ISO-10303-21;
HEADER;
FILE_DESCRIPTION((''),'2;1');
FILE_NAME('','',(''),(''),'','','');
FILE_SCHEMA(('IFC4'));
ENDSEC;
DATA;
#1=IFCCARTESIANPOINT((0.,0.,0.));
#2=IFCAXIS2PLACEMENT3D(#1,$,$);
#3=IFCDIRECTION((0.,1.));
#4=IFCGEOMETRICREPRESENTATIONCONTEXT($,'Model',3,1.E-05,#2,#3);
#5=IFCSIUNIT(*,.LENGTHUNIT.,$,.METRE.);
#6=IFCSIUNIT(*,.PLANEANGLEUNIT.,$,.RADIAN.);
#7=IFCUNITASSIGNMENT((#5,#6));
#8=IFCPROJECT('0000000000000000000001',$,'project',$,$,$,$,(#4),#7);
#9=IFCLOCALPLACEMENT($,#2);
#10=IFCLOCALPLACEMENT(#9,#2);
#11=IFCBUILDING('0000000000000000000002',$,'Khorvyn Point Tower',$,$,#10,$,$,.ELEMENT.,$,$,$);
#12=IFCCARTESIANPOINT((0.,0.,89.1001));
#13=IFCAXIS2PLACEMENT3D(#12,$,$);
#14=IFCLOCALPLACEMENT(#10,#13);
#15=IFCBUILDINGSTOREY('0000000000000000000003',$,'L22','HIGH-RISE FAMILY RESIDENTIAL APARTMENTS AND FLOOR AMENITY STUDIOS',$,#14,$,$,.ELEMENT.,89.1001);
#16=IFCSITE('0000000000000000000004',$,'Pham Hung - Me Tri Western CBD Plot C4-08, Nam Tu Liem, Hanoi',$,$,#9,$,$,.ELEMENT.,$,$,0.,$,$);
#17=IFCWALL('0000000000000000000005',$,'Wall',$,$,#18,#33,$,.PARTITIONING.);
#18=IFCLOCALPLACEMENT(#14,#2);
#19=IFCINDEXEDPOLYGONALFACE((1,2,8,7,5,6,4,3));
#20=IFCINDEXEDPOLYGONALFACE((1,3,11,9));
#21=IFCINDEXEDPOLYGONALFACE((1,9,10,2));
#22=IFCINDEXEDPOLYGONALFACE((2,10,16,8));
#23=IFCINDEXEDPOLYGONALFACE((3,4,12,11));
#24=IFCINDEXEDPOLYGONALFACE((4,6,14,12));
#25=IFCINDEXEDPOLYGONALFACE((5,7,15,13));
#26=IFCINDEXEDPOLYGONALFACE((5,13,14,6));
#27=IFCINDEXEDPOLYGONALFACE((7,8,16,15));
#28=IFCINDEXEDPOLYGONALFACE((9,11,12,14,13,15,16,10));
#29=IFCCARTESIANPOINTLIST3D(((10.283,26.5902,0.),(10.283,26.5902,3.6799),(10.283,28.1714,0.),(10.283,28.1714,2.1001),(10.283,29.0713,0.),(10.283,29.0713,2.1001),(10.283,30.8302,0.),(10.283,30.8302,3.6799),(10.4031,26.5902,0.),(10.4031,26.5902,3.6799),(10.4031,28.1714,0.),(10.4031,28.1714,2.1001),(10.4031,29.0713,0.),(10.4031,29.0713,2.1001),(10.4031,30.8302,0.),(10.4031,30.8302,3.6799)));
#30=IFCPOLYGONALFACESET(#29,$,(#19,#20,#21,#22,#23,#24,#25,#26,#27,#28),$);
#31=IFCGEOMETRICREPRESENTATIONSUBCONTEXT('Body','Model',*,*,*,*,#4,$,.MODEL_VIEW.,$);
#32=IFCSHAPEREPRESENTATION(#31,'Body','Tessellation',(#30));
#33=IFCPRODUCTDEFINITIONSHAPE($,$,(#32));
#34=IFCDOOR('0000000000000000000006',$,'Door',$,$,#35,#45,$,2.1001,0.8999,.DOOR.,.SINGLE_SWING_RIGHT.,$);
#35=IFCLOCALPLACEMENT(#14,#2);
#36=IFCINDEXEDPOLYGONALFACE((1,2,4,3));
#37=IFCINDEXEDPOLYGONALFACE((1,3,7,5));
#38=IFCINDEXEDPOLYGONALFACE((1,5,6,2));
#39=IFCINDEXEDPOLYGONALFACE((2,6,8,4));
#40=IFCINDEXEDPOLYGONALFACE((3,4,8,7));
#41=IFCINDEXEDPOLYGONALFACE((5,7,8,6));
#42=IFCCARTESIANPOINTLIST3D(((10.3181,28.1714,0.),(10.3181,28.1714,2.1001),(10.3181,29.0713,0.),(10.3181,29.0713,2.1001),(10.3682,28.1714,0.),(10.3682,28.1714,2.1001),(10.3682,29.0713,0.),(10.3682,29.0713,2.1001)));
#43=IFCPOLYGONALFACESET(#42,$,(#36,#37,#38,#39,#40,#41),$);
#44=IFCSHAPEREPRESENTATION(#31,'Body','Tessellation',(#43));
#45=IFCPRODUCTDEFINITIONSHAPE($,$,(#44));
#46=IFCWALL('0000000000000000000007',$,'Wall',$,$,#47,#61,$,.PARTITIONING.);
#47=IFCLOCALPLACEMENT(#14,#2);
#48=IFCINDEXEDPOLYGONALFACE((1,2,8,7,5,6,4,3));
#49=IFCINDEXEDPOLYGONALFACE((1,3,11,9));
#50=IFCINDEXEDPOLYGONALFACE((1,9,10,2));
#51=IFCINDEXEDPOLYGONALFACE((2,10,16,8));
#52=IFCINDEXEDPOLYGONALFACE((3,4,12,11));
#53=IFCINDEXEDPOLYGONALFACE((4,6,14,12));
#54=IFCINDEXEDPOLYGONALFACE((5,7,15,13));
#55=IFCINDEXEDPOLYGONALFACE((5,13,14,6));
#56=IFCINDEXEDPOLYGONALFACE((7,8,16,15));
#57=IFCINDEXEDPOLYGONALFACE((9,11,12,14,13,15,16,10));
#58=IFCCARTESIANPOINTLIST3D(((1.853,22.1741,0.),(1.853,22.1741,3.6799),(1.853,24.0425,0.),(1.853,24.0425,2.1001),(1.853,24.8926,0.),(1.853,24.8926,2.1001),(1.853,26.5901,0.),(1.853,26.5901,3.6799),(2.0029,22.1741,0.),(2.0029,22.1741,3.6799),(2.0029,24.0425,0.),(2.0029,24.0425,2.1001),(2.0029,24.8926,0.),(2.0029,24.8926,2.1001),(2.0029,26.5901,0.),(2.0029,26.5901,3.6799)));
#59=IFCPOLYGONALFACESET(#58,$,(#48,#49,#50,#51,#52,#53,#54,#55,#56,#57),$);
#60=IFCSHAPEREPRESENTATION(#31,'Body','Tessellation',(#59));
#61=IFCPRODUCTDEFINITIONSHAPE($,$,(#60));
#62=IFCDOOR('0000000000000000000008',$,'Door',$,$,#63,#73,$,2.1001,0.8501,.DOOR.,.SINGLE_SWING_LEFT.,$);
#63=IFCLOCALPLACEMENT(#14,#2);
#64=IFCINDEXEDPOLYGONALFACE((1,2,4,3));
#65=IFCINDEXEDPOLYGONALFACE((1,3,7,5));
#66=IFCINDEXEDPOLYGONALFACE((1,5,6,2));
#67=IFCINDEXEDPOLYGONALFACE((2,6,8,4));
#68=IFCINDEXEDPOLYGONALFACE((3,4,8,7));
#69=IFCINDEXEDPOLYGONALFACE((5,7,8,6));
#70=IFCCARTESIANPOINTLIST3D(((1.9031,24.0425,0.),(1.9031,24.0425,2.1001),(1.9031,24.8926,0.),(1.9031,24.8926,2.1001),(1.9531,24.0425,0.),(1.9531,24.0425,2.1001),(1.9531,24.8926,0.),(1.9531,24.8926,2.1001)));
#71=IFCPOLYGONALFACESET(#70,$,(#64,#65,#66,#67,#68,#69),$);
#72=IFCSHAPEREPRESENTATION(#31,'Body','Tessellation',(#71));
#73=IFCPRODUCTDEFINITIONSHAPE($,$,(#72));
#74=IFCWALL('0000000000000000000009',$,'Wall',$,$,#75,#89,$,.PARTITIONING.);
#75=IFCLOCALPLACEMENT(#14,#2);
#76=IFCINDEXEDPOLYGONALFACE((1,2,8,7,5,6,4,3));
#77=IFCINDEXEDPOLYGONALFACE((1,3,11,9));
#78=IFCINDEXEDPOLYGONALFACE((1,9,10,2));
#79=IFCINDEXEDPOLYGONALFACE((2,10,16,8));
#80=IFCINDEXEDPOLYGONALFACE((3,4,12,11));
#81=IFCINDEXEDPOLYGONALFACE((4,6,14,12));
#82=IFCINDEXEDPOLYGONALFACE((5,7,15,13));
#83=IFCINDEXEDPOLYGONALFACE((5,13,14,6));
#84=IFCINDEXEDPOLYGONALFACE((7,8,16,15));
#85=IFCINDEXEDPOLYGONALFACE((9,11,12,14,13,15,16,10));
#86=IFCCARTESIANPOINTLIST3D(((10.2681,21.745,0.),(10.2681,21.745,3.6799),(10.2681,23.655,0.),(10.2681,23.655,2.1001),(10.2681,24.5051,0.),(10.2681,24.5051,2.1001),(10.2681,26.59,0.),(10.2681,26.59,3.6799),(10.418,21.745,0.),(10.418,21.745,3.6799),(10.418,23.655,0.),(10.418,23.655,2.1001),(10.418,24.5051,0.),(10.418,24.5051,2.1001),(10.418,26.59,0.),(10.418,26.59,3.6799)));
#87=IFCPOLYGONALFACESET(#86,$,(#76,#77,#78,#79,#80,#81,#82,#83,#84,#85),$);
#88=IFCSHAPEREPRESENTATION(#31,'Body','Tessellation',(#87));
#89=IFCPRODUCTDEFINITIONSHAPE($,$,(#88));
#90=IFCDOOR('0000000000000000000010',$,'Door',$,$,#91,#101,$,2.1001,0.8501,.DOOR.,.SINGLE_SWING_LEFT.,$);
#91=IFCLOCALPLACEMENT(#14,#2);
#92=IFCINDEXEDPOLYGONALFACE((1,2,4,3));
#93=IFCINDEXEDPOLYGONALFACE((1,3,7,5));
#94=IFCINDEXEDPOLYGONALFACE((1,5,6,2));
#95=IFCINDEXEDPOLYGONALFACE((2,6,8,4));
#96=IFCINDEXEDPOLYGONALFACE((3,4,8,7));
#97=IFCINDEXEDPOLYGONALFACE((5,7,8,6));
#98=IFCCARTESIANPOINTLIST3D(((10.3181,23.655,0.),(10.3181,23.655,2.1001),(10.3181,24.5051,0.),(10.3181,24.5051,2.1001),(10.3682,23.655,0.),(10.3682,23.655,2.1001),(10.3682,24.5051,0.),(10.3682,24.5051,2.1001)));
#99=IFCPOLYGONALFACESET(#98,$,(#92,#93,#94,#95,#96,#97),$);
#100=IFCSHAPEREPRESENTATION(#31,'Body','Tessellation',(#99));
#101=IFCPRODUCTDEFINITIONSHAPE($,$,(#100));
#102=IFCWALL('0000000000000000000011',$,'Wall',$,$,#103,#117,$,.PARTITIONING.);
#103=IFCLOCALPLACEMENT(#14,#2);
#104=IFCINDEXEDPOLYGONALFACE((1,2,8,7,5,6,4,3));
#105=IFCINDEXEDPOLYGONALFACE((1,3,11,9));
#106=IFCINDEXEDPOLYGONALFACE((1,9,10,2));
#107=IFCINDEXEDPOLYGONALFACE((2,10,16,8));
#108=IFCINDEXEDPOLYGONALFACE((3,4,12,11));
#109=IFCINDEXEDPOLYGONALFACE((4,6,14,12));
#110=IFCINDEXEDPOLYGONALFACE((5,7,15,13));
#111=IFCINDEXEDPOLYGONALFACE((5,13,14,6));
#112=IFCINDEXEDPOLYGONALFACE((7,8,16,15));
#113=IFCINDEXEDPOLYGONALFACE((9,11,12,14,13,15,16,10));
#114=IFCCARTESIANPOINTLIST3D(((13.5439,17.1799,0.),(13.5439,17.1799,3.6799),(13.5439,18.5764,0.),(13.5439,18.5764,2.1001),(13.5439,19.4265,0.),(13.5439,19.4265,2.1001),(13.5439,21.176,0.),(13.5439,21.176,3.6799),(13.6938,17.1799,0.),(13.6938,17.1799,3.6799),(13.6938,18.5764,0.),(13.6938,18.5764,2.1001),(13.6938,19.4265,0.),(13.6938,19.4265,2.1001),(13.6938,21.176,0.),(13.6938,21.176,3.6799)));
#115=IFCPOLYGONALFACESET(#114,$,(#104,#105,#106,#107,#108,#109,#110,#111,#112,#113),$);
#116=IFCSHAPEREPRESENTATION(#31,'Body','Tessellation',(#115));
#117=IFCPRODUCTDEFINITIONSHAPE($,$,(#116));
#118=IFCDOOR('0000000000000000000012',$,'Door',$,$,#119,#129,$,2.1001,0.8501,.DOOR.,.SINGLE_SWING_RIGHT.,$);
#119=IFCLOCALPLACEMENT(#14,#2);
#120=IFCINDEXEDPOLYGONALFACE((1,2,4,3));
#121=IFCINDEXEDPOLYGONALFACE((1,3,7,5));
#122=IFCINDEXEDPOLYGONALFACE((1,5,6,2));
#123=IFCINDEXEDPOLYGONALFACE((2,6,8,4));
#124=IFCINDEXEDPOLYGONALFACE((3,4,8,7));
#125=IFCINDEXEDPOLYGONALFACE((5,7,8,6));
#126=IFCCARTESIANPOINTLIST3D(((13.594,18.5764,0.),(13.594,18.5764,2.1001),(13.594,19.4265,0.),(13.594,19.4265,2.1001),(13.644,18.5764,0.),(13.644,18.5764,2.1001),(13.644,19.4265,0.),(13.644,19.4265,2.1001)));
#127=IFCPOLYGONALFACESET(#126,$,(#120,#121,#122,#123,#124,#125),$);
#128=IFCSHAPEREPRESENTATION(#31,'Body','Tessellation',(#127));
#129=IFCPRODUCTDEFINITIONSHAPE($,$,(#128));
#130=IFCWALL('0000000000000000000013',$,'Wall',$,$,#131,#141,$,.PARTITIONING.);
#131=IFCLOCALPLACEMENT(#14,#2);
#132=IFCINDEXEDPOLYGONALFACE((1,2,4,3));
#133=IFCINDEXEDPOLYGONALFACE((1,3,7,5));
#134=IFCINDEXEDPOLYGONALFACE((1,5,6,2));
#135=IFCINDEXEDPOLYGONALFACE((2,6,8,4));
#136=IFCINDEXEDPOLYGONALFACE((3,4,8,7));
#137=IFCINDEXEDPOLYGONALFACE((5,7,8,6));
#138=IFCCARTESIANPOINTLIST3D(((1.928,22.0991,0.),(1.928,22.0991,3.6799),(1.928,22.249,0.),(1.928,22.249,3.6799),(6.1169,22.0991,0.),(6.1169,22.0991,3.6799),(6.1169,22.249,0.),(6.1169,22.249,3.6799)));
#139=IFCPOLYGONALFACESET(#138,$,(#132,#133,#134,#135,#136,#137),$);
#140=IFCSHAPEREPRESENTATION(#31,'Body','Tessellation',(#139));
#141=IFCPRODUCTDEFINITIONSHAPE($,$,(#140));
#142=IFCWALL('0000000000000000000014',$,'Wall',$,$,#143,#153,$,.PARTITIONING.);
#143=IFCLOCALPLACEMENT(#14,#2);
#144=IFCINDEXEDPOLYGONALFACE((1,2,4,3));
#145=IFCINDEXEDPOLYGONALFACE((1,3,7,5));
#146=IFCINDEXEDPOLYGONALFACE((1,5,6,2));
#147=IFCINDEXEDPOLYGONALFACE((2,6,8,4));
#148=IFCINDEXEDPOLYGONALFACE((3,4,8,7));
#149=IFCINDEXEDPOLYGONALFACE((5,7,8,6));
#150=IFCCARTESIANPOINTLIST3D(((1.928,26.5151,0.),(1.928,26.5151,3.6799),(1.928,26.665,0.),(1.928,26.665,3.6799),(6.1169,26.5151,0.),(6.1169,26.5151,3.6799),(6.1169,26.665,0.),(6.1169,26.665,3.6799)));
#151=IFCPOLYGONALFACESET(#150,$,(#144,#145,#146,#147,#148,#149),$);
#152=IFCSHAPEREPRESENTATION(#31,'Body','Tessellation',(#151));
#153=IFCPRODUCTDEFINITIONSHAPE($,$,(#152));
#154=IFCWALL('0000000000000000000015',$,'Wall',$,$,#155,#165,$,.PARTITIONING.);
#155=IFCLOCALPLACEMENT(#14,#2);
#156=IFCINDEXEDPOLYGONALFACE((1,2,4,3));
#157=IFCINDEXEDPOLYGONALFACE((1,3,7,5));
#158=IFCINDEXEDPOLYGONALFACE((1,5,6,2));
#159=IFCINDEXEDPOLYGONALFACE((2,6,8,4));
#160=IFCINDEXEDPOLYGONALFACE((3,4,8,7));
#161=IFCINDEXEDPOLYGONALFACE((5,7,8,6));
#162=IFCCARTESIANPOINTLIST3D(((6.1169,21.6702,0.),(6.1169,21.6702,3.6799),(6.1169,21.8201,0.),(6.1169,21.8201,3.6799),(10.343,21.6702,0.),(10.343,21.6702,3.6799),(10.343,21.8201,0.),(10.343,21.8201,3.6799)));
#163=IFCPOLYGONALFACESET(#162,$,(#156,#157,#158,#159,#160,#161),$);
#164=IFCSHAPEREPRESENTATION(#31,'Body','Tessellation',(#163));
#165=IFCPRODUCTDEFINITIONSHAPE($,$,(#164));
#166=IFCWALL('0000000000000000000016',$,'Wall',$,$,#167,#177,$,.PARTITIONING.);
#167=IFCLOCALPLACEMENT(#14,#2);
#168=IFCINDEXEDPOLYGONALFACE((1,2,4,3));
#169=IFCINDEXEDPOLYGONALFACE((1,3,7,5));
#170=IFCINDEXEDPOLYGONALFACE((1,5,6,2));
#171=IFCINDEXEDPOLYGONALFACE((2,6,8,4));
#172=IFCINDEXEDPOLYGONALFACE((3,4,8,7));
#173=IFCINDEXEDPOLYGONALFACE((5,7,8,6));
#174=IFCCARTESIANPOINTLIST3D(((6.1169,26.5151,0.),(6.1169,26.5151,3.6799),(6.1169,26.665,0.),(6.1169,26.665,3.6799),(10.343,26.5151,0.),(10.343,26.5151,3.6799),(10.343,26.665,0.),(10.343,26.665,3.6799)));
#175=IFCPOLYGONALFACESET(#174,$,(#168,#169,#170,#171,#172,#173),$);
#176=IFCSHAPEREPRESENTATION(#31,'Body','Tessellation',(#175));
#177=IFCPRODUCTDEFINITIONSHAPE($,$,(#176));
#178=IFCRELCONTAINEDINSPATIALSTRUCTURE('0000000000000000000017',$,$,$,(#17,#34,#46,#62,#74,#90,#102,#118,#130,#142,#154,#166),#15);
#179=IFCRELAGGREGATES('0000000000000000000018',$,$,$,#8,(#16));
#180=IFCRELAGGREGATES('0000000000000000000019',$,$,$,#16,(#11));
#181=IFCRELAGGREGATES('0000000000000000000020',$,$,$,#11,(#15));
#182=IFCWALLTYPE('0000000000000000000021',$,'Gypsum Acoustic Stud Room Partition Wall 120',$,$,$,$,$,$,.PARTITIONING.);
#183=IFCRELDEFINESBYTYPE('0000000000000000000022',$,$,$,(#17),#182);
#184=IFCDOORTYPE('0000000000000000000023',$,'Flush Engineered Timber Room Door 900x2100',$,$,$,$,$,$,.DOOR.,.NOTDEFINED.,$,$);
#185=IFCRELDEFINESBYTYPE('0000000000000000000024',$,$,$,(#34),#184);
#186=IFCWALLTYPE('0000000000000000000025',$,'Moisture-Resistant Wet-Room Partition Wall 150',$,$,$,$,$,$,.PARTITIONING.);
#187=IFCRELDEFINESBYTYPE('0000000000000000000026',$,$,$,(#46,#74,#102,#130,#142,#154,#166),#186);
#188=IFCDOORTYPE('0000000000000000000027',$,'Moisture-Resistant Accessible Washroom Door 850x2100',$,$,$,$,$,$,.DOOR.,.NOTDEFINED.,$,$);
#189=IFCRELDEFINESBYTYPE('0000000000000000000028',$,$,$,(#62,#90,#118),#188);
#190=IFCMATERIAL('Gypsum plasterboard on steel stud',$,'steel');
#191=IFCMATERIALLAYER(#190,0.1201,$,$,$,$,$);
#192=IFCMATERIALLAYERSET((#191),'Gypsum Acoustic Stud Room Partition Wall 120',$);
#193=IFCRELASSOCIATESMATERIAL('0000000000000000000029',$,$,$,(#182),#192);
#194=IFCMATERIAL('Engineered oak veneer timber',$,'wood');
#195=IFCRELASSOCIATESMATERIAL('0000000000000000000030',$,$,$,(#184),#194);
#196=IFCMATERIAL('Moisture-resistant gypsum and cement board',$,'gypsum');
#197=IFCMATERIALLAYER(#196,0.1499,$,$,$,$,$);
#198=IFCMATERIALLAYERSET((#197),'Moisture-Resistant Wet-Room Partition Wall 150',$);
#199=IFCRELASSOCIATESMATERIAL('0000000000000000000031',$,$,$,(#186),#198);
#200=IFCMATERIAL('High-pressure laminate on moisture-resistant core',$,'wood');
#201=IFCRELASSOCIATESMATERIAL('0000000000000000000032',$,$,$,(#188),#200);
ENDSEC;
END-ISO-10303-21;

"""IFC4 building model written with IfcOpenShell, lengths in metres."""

from ifc_helpers import new_model, si_unit, direction, frame, frame_2d, origin, place, context, subcontext, project, spatial, rectangle, extrude, material, layer, layer_set, type_object, element, fill, save


model = new_model("IFC4")

# Units and contexts
model_context = context("Model", 3, precision=1e-05, world=origin(), true_north=direction((0.0, 1.0)))
body_context = subcontext(model_context, "Body", "Model", "MODEL_VIEW")
ifc_project = project(units=[si_unit("LENGTHUNIT", "METRE"), si_unit("PLANEANGLEUNIT", "RADIAN")], contexts=[model_context])

# Site, building, storey
site_placement = place(None, origin())
site = spatial("IfcSite", under=ifc_project, at=site_placement, Name="Pham Hung - Me Tri Western CBD Plot C4-08, Nam Tu Liem, Hanoi", CompositionType="ELEMENT", RefElevation=0.0)
building_placement = place(site_placement, origin())
building = spatial("IfcBuilding", under=site, at=building_placement, Name="Khorvyn Point Tower", CompositionType="ELEMENT")
storey_placement = place(building_placement, frame((0.0, 0.0, 89.1001)))
storey = spatial("IfcBuildingStorey", under=building, at=storey_placement, Name="L22", Description="HIGH-RISE FAMILY RESIDENTIAL APARTMENTS AND FLOOR AMENITY STUDIOS", CompositionType="ELEMENT", Elevation=89.1001)

# Walls, openings, doors
ifc_material_1 = material(Name="Gypsum plasterboard on steel stud", Category="steel")
ifc_layer_1 = layer(ifc_material_1, 0.1201)
ifc_layer_set_1 = layer_set([ifc_layer_1], Name="Gypsum Acoustic Stud Room Partition Wall 120")
wall_type_1 = type_object("IfcWallType", Name="Gypsum Acoustic Stud Room Partition Wall 120", PredefinedType="PARTITIONING", material=ifc_layer_set_1)
ifc_material_2 = material(Name="Engineered oak veneer timber", Category="wood")
door_type_1 = type_object("IfcDoorType", Name="Flush Engineered Timber Room Door 900x2100", OperationType="NOTDEFINED", PredefinedType="DOOR", material=ifc_material_2)
wall_1_placement = place(storey_placement, frame((10.343, 26.5901, 0.0), z_axis=(0.0, 0.0, 1.0), x_axis=(0.0, 1.0, 0.0)))
wall_1 = element("IfcWall", 1, at=wall_1_placement, inside=storey, type_object=wall_type_1, Name="Wall", PredefinedType="PARTITIONING", context=body_context, shape_type="SweptSolid", body=[
    extrude(rectangle(XDim=4.24, YDim=0.1201, at=frame_2d((2.1201, 0.0))), origin(), (0.0, 0.0, 1.0), 3.6799),
])
opening_1_placement = place(wall_1_placement, frame((1.5813, 0.0, 0.0)))
opening_1 = element("IfcOpeningElement", 2, at=opening_1_placement, cuts=wall_1, PredefinedType="OPENING", context=body_context, shape_type="SweptSolid", body=[
    extrude(rectangle(XDim=0.8999, YDim=2.1001, at=frame_2d((0.45, 1.05))), frame((0.0, 0.0701, 0.0), z_axis=(0.0, -1.0, 0.0), x_axis=(1.0, 0.0, 0.0)), (0.0, 0.0, 1.0), 0.1401),
])
door_1_placement = place(opening_1_placement, origin())
door_1 = element("IfcDoor", 3, at=door_1_placement, inside=storey, type_object=door_type_1, Name="Door", OperationType="SINGLE_SWING_RIGHT", OverallHeight=2.1001, OverallWidth=0.8999, PredefinedType="DOOR", context=body_context, shape_type="SweptSolid", body=[
    extrude(rectangle(XDim=0.8999, YDim=2.1001, at=frame_2d((0.45, 1.05))), frame((0.0, 0.0249, 0.0), z_axis=(0.0, -1.0, 0.0), x_axis=(1.0, 0.0, 0.0)), (0.0, 0.0, 1.0), 0.05),
])
fill(opening_1, door_1)
ifc_material_3 = material(Name="Moisture-resistant gypsum and cement board", Category="gypsum")
ifc_layer_2 = layer(ifc_material_3, 0.1499)
ifc_layer_set_2 = layer_set([ifc_layer_2], Name="Moisture-Resistant Wet-Room Partition Wall 150")
wall_type_2 = type_object("IfcWallType", Name="Moisture-Resistant Wet-Room Partition Wall 150", PredefinedType="PARTITIONING", material=ifc_layer_set_2)
wall_2_placement = place(storey_placement, frame((1.928, 22.1741, 0.0), z_axis=(0.0, 0.0, 1.0), x_axis=(0.0, 1.0, 0.0)))
wall_2 = element("IfcWall", 4, at=wall_2_placement, inside=storey, type_object=wall_type_2, Name="Wall", PredefinedType="PARTITIONING", context=body_context, shape_type="SweptSolid", body=[
    extrude(rectangle(XDim=4.416, YDim=0.1499, at=frame_2d((2.208, 0.0))), origin(), (0.0, 0.0, 1.0), 3.6799),
])
opening_2_placement = place(wall_2_placement, frame((1.8684, 0.0, 0.0)))
opening_2 = element("IfcOpeningElement", 5, at=opening_2_placement, cuts=wall_2, PredefinedType="OPENING", context=body_context, shape_type="SweptSolid", body=[
    extrude(rectangle(XDim=0.8501, YDim=2.1001, at=frame_2d((0.425, 1.05))), frame((0.0, 0.085, 0.0), z_axis=(0.0, -1.0, 0.0), x_axis=(1.0, 0.0, 0.0)), (0.0, 0.0, 1.0), 0.1699),
])
ifc_material_4 = material(Name="High-pressure laminate on moisture-resistant core", Category="wood")
door_type_2 = type_object("IfcDoorType", Name="Moisture-Resistant Accessible Washroom Door 850x2100", OperationType="NOTDEFINED", PredefinedType="DOOR", material=ifc_material_4)
door_2_placement = place(opening_2_placement, origin())
door_2 = element("IfcDoor", 6, at=door_2_placement, inside=storey, type_object=door_type_2, Name="Door", OperationType="SINGLE_SWING_LEFT", OverallHeight=2.1001, OverallWidth=0.8501, PredefinedType="DOOR", context=body_context, shape_type="SweptSolid", body=[
    extrude(rectangle(XDim=0.8501, YDim=2.1001, at=frame_2d((0.425, 1.05))), frame((0.0, 0.0249, 0.0), z_axis=(0.0, -1.0, 0.0), x_axis=(1.0, 0.0, 0.0)), (0.0, 0.0, 1.0), 0.05),
])
fill(opening_2, door_2)
wall_3_placement = place(storey_placement, frame((10.343, 21.7451, 0.0), z_axis=(0.0, 0.0, 1.0), x_axis=(0.0, 1.0, 0.0)))
wall_3 = element("IfcWall", 7, at=wall_3_placement, inside=storey, type_object=wall_type_2, Name="Wall", PredefinedType="PARTITIONING", context=body_context, shape_type="SweptSolid", body=[
    extrude(rectangle(XDim=4.845, YDim=0.1499, at=frame_2d((2.4224, 0.0))), origin(), (0.0, 0.0, 1.0), 3.6799),
])
opening_3_placement = place(wall_3_placement, frame((1.9099, 0.0, 0.0)))
opening_3 = element("IfcOpeningElement", 8, at=opening_3_placement, cuts=wall_3, PredefinedType="OPENING", context=body_context, shape_type="SweptSolid", body=[
    extrude(rectangle(XDim=0.8501, YDim=2.1001, at=frame_2d((0.425, 1.05))), frame((0.0, 0.085, 0.0), z_axis=(0.0, -1.0, 0.0), x_axis=(1.0, 0.0, 0.0)), (0.0, 0.0, 1.0), 0.1699),
])
door_3_placement = place(opening_3_placement, origin())
door_3 = element("IfcDoor", 9, at=door_3_placement, inside=storey, type_object=door_type_2, Name="Door", OperationType="SINGLE_SWING_LEFT", OverallHeight=2.1001, OverallWidth=0.8501, PredefinedType="DOOR", context=body_context, shape_type="SweptSolid", body=[
    extrude(rectangle(XDim=0.8501, YDim=2.1001, at=frame_2d((0.425, 1.05))), frame((0.0, 0.0249, 0.0), z_axis=(0.0, -1.0, 0.0), x_axis=(1.0, 0.0, 0.0)), (0.0, 0.0, 1.0), 0.05),
])
fill(opening_3, door_3)
wall_4_placement = place(storey_placement, frame((13.6189, 17.1799, 0.0), z_axis=(0.0, 0.0, 1.0), x_axis=(0.0, 1.0, 0.0)))
wall_4 = element("IfcWall", 10, at=wall_4_placement, inside=storey, type_object=wall_type_2, Name="Wall", PredefinedType="PARTITIONING", context=body_context, shape_type="SweptSolid", body=[
    extrude(rectangle(XDim=3.9961, YDim=0.1499, at=frame_2d((1.998, 0.0))), origin(), (0.0, 0.0, 1.0), 3.6799),
])
opening_4_placement = place(wall_4_placement, frame((1.3965, 0.0, 0.0)))
opening_4 = element("IfcOpeningElement", 11, at=opening_4_placement, cuts=wall_4, PredefinedType="OPENING", context=body_context, shape_type="SweptSolid", body=[
    extrude(rectangle(XDim=0.8501, YDim=2.1001, at=frame_2d((0.425, 1.05))), frame((0.0, 0.085, 0.0), z_axis=(0.0, -1.0, 0.0), x_axis=(1.0, 0.0, 0.0)), (0.0, 0.0, 1.0), 0.1699),
])
door_4_placement = place(opening_4_placement, origin())
door_4 = element("IfcDoor", 12, at=door_4_placement, inside=storey, type_object=door_type_2, Name="Door", OperationType="SINGLE_SWING_RIGHT", OverallHeight=2.1001, OverallWidth=0.8501, PredefinedType="DOOR", context=body_context, shape_type="SweptSolid", body=[
    extrude(rectangle(XDim=0.8501, YDim=2.1001, at=frame_2d((0.425, 1.05))), frame((0.0, 0.0249, 0.0), z_axis=(0.0, -1.0, 0.0), x_axis=(1.0, 0.0, 0.0)), (0.0, 0.0, 1.0), 0.05),
])
fill(opening_4, door_4)

# Walls
for number, where, z_axis, x_axis, name in (
    (13, (1.928, 22.1741, 0.0), (0.0, 0.0, 1.0), (1.0, 0.0, 0.0), "Wall"),
    (14, (1.928, 26.5901, 0.0), (0.0, 0.0, 1.0), (1.0, 0.0, 0.0), "Wall"),
):
    element("IfcWall", number, at=place(storey_placement, frame(where, z_axis=z_axis, x_axis=x_axis)), inside=storey, type_object=wall_type_2, Name=name, PredefinedType="PARTITIONING", context=body_context, shape_type="SweptSolid", body=[
        extrude(rectangle(XDim=4.189, YDim=0.1499, at=frame_2d((2.0945, 0.0))), origin(), (0.0, 0.0, 1.0), 3.6799),
    ])
for number, where, z_axis, x_axis, name in (
    (15, (6.1169, 21.7451, 0.0), (0.0, 0.0, 1.0), (1.0, 0.0, 0.0), "Wall"),
    (16, (6.1169, 26.5901, 0.0), (0.0, 0.0, 1.0), (1.0, 0.0, 0.0), "Wall"),
):
    element("IfcWall", number, at=place(storey_placement, frame(where, z_axis=z_axis, x_axis=x_axis)), inside=storey, type_object=wall_type_2, Name=name, PredefinedType="PARTITIONING", context=body_context, shape_type="SweptSolid", body=[
        extrude(rectangle(XDim=4.2261, YDim=0.1499, at=frame_2d((2.113, 0.0))), origin(), (0.0, 0.0, 1.0), 3.6799),
    ])

save(model, "model.ifc")
